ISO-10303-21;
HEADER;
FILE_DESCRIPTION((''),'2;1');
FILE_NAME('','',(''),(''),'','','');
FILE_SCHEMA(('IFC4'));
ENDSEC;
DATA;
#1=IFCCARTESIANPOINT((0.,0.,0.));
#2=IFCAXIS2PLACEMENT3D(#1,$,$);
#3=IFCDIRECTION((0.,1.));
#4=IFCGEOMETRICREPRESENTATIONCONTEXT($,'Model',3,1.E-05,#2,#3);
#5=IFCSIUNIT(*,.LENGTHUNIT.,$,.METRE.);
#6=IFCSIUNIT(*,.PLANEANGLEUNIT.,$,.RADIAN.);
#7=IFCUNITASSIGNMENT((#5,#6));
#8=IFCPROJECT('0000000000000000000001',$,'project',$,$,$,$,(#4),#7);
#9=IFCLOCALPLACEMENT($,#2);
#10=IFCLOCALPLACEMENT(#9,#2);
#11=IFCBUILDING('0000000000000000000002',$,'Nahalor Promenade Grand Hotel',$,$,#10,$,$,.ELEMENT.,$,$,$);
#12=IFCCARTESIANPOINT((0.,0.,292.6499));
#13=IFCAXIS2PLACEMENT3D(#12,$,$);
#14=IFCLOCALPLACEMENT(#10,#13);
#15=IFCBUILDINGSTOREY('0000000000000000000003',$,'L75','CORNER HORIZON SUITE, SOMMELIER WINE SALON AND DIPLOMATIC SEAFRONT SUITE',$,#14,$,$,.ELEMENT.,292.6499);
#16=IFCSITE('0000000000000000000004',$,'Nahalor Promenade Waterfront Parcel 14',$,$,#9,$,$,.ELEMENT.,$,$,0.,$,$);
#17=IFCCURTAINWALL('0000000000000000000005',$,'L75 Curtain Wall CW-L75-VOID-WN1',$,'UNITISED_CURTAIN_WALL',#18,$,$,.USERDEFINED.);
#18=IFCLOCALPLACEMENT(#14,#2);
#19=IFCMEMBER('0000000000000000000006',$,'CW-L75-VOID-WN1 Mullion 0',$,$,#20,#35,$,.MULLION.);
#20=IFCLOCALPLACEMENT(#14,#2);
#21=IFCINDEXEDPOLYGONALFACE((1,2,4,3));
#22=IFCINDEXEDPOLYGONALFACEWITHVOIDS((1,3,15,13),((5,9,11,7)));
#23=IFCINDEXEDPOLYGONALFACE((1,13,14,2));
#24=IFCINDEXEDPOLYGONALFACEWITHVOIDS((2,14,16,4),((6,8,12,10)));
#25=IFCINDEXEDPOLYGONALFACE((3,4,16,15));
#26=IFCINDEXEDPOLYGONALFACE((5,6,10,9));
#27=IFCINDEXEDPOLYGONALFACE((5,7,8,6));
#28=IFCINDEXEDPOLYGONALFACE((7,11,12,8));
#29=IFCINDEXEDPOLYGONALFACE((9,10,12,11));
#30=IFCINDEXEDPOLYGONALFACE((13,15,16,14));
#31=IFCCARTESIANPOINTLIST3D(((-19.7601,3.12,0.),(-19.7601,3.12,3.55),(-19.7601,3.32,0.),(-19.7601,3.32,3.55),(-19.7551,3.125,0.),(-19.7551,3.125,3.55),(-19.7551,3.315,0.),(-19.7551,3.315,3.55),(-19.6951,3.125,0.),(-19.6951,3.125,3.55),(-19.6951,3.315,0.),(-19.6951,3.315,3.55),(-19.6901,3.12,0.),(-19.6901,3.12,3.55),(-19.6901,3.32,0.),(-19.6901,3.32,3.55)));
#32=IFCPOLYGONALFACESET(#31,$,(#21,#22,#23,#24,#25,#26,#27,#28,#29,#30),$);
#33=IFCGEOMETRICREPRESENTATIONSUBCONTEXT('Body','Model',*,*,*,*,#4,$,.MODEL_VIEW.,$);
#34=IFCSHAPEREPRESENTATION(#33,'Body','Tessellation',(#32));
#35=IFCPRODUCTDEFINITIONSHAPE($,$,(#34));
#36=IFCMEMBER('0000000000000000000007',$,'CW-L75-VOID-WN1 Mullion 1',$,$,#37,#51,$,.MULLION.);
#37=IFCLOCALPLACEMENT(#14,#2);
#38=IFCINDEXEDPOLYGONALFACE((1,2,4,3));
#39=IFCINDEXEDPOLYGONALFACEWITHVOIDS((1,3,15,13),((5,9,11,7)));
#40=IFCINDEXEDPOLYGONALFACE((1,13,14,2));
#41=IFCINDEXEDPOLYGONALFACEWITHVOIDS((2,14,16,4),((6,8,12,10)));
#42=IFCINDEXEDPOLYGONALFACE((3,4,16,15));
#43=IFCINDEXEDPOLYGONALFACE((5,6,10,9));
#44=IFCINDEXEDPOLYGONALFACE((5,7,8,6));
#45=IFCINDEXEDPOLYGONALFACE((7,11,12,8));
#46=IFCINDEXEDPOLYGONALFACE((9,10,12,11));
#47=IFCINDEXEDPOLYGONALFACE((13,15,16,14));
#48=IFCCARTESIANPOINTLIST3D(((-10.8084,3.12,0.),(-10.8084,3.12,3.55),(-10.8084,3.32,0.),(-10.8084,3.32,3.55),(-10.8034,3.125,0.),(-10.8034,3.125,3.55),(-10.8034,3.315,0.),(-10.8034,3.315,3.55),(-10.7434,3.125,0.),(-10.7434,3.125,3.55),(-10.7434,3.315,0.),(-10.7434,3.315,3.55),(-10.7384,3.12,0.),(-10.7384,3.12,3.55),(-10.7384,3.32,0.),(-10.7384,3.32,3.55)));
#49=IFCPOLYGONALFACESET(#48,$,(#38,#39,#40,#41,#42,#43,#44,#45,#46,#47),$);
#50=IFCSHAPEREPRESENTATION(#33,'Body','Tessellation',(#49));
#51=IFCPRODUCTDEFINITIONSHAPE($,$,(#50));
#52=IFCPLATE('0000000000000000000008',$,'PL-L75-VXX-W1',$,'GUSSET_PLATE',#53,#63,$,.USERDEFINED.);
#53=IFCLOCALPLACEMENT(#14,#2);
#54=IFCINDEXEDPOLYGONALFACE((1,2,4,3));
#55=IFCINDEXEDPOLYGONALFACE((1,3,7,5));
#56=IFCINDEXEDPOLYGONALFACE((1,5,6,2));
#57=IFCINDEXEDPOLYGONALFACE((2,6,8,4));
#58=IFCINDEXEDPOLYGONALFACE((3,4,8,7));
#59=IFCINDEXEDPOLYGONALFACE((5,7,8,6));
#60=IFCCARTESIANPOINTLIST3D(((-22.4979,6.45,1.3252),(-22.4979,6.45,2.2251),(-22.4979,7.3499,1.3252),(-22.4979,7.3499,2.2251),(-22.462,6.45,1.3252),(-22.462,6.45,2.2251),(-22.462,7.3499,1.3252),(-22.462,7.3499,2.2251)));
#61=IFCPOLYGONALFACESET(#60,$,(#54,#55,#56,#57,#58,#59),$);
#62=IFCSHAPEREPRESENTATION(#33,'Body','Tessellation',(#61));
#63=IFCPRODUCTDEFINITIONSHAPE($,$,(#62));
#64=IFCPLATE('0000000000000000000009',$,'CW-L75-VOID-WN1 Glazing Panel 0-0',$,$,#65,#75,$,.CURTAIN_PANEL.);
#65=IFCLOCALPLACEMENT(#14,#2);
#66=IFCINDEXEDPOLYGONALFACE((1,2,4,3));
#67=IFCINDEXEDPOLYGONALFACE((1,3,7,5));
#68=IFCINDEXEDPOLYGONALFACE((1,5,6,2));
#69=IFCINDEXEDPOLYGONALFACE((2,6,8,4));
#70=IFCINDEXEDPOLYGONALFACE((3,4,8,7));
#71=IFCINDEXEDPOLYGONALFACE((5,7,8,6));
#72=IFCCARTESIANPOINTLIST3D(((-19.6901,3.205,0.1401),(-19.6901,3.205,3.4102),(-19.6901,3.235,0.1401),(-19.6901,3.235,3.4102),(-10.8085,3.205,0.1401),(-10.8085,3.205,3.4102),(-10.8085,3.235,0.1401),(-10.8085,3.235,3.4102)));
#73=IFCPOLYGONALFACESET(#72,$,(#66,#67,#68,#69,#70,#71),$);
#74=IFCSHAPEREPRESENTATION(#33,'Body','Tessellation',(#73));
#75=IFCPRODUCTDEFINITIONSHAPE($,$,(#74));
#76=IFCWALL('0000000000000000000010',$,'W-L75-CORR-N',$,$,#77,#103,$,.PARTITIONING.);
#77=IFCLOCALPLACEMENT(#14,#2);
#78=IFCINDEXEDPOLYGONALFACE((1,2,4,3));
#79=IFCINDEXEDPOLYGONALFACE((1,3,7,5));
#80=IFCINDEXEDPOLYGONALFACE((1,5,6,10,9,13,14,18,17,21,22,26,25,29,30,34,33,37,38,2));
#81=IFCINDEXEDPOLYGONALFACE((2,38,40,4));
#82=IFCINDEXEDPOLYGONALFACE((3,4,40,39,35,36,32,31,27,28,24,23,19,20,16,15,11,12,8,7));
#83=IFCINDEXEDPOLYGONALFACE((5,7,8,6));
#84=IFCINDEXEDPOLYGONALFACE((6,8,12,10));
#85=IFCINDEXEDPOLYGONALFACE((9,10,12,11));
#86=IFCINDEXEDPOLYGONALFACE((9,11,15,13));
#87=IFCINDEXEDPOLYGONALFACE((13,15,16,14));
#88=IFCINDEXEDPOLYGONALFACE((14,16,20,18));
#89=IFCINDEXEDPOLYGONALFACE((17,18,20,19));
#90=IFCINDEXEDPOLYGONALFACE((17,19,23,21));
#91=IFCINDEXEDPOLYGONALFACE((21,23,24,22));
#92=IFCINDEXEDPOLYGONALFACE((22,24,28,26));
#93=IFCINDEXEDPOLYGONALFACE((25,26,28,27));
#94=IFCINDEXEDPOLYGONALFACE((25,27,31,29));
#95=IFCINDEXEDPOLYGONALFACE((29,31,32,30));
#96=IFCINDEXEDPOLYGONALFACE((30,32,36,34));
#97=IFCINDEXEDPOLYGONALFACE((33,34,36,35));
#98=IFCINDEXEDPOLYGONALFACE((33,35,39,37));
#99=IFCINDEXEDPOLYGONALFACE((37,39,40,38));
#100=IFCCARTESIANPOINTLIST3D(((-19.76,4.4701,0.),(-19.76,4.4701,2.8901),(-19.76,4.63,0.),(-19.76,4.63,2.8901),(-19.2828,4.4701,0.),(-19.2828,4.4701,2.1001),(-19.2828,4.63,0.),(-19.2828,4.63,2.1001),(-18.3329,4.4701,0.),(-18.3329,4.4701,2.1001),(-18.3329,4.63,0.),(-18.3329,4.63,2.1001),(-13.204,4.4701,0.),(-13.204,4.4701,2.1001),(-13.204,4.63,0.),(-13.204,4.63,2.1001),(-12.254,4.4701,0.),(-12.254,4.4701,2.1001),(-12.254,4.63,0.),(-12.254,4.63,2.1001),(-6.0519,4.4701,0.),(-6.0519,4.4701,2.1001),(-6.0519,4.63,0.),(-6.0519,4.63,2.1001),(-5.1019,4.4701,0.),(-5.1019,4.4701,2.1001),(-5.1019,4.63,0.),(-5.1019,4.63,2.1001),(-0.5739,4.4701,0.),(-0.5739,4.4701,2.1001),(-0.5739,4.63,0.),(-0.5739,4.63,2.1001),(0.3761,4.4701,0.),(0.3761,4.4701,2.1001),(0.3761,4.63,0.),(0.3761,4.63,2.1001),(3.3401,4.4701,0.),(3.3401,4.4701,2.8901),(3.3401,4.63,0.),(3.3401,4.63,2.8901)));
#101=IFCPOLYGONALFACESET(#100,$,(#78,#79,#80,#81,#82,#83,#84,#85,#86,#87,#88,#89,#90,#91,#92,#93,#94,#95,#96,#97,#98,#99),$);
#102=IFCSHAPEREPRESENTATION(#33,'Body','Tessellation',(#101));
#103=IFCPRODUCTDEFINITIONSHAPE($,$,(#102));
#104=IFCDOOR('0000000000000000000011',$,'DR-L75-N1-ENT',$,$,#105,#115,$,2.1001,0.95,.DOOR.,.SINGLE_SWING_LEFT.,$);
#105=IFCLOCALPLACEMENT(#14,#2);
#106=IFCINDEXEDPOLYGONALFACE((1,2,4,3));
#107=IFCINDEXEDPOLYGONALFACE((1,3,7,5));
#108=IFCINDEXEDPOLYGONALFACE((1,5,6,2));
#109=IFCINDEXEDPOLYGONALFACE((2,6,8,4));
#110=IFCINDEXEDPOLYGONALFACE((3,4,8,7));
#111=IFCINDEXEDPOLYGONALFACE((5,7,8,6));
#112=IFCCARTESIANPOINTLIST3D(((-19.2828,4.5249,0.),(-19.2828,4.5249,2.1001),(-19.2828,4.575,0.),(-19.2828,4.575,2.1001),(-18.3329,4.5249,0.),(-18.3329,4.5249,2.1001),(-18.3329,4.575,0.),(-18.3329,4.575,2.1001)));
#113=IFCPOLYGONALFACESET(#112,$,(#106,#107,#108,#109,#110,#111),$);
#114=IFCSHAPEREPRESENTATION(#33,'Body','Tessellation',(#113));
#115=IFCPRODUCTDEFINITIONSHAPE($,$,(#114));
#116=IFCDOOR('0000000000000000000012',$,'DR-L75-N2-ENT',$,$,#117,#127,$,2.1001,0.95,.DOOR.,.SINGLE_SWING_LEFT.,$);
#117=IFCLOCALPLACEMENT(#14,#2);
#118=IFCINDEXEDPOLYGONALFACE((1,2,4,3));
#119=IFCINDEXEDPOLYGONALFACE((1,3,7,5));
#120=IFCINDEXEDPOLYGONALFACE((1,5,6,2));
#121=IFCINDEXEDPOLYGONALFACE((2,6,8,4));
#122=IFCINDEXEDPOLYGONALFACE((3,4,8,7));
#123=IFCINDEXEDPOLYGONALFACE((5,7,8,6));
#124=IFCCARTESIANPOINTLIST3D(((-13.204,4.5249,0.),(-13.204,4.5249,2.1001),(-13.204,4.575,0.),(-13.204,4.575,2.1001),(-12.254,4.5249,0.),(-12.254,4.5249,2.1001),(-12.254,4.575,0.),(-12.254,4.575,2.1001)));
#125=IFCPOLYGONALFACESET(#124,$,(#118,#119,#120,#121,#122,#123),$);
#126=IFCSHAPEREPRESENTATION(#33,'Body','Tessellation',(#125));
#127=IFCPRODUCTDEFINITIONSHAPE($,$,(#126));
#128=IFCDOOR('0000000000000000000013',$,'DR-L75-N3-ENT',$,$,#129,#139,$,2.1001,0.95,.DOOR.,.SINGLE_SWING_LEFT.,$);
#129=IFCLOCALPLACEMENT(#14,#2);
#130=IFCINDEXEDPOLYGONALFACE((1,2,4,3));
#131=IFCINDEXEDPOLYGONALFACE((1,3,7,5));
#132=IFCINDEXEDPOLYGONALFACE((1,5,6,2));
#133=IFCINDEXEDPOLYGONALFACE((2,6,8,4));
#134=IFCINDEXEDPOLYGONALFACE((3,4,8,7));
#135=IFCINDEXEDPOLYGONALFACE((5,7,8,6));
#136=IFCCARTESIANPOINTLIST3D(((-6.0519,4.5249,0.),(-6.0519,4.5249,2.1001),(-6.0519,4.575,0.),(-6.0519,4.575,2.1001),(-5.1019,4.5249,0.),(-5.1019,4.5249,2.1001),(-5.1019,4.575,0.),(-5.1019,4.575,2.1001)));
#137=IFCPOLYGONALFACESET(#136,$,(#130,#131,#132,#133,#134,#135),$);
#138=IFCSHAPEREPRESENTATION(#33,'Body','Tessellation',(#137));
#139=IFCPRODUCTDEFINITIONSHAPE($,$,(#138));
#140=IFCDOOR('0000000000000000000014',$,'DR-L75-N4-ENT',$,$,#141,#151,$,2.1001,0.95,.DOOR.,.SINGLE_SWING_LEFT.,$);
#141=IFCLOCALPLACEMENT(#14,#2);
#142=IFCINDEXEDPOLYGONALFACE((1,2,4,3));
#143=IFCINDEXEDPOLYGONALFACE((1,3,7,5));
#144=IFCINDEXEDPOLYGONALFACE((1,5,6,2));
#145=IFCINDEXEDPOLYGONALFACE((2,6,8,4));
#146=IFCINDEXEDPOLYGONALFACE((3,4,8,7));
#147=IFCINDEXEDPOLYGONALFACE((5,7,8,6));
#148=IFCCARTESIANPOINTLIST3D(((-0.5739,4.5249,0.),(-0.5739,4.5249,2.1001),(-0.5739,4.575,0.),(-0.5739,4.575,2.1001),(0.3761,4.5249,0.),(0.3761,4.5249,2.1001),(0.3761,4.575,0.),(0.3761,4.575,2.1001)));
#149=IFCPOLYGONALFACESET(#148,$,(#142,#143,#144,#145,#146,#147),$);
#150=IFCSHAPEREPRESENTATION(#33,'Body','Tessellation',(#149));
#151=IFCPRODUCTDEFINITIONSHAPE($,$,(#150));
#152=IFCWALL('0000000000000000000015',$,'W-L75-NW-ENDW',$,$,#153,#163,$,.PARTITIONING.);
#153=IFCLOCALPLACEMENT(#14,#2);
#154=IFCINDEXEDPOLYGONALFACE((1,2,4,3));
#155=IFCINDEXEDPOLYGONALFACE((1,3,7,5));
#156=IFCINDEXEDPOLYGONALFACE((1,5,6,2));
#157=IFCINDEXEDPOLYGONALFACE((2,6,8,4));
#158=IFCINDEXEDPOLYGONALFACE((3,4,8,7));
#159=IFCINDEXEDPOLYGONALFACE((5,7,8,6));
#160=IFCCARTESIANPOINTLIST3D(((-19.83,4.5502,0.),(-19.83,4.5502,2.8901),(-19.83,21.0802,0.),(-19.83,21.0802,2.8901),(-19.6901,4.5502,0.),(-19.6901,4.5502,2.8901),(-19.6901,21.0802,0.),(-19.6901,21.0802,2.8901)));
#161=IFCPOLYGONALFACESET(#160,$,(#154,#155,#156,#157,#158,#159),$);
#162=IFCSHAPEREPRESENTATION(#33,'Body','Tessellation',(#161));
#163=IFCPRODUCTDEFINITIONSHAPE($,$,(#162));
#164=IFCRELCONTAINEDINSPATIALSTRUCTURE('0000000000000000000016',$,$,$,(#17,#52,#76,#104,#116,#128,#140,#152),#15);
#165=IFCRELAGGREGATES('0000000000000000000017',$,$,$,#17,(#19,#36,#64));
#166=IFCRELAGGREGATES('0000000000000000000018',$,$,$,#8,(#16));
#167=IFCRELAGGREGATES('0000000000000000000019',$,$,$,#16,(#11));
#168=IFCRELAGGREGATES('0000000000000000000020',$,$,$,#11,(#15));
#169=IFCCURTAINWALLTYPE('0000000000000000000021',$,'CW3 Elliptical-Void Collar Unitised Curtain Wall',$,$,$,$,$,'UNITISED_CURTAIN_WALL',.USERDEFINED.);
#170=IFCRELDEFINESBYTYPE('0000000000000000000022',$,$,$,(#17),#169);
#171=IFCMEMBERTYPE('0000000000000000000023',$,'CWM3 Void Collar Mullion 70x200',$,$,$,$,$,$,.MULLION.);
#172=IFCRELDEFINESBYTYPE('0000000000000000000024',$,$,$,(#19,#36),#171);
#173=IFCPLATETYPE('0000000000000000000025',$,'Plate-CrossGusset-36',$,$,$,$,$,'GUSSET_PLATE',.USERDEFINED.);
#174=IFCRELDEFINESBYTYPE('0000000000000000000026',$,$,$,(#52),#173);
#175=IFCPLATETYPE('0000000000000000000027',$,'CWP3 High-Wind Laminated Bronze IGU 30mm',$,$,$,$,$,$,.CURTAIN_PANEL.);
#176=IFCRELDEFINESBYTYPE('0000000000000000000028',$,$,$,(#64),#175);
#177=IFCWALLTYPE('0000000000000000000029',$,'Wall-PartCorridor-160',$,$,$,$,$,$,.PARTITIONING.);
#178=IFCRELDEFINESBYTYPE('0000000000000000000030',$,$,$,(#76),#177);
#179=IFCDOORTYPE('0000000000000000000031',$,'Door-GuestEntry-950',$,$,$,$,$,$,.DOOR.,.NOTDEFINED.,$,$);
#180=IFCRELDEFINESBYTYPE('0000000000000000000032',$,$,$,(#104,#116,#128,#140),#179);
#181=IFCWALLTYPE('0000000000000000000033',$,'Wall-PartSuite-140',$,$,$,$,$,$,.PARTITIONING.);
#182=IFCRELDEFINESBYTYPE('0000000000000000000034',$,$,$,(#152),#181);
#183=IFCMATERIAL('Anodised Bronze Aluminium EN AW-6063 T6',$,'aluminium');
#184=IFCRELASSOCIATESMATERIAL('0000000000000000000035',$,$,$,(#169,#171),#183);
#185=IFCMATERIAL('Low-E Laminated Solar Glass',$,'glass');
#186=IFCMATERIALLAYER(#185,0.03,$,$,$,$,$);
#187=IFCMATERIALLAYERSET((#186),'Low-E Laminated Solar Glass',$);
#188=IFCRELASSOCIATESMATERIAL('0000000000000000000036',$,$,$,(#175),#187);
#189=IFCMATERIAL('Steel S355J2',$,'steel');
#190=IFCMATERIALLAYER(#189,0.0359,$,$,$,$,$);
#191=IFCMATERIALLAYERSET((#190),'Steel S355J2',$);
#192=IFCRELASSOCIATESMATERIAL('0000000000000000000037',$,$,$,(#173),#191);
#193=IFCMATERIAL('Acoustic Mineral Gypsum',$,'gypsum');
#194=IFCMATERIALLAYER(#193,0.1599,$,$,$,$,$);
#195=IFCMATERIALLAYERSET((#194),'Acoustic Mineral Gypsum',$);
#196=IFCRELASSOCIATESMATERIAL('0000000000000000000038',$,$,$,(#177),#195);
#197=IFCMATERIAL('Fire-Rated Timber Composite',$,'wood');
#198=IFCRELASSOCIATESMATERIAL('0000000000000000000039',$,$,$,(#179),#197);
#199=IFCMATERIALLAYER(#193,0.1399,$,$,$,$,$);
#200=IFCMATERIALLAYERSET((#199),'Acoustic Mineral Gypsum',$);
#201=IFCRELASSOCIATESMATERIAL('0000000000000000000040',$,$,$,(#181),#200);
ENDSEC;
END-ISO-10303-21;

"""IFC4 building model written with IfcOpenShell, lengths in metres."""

from ifc_helpers import new_model, si_unit, direction, frame, frame_2d, origin, origin_2d, place, context, subcontext, project, spatial, rectangle, hollow_rectangle, extrude, source, transform, mapped, material, layer, layer_set, material_profile, profile_set, type_object, element, fill, aggregate, save


model = new_model("IFC4")

# Units and contexts
model_context = context("Model", 3, precision=1e-05, world=origin(), true_north=direction((0.0, 1.0)))
body_context = subcontext(model_context, "Body", "Model", "MODEL_VIEW")
ifc_project = project(units=[si_unit("LENGTHUNIT", "METRE"), si_unit("PLANEANGLEUNIT", "RADIAN")], contexts=[model_context])

# Site, building, storey
site_placement = place(None, origin())
site = spatial("IfcSite", under=ifc_project, at=site_placement, Name="Nahalor Promenade Waterfront Parcel 14", CompositionType="ELEMENT", RefElevation=0.0)
building_placement = place(site_placement, origin())
building = spatial("IfcBuilding", under=site, at=building_placement, Name="Nahalor Promenade Grand Hotel", CompositionType="ELEMENT")
storey_placement = place(building_placement, frame((0.0, 0.0, 292.6499)))
storey = spatial("IfcBuildingStorey", under=building, at=storey_placement, Name="L75", Description="CORNER HORIZON SUITE, SOMMELIER WINE SALON AND DIPLOMATIC SEAFRONT SUITE", CompositionType="ELEMENT", Elevation=292.6499)

# Curtain wall
ifc_material_1 = material(Name="Anodised Bronze Aluminium EN AW-6063 T6", Category="aluminium")
curtain_wall_type = type_object("IfcCurtainWallType", Name="CW3 Elliptical-Void Collar Unitised Curtain Wall", ElementType="UNITISED_CURTAIN_WALL", PredefinedType="USERDEFINED", material=ifc_material_1)
curtain_wall_1_placement = place(storey_placement, origin())
curtain_wall_1 = element("IfcCurtainWall", 1, at=curtain_wall_1_placement, inside=storey, type_object=curtain_wall_type, Name="L75 Curtain Wall CW-L75-VOID-WN1", ObjectType="UNITISED_CURTAIN_WALL", PredefinedType="USERDEFINED")

# Shared definitions
ifc_material_profile_1 = material_profile(ifc_material_1, hollow_rectangle(XDim=0.07, YDim=0.2, WallThickness=0.005, at=origin_2d()), Name="CWM 70x200x5")
ifc_profile_set_1 = profile_set([ifc_material_profile_1], Name="Anodised Bronze Aluminium EN AW-6063 T6")
member_type_1 = type_object("IfcMemberType", Name="CWM3 Void Collar Mullion 70x200", PredefinedType="MULLION", material=ifc_profile_set_1)
shared_shape_1 = source(origin(), body_context, "Body", "SweptSolid", [
    extrude(hollow_rectangle(XDim=0.07, YDim=0.2, WallThickness=0.005, at=origin_2d()), origin(), (0.0, 0.0, 1.0), 3.55),
])

# Members
member_1_placement = place(storey_placement, frame((-19.7251, 3.22, 0.0), z_axis=(0.0, 0.0, 1.0), x_axis=(1.0, 0.0, 0.0)))
member_1 = element("IfcMember", 2, at=member_1_placement, type_object=member_type_1, Name="CW-L75-VOID-WN1 Mullion 0", PredefinedType="MULLION", context=body_context, shape_type="MappedRepresentation", body=[
    mapped(shared_shape_1, transform((0.0, 0.0, 0.0), scale=1.0)),
])
member_2_placement = place(storey_placement, frame((-10.7734, 3.22, 0.0), z_axis=(0.0, 0.0, 1.0), x_axis=(1.0, 0.0, 0.0)))
member_2 = element("IfcMember", 3, at=member_2_placement, type_object=member_type_1, Name="CW-L75-VOID-WN1 Mullion 1", PredefinedType="MULLION", context=body_context, shape_type="MappedRepresentation", body=[
    mapped(shared_shape_1, transform((0.0, 0.0, 0.0), scale=1.0)),
])

# Plates
ifc_material_2 = material(Name="Low-E Laminated Solar Glass", Category="glass")
ifc_layer_1 = layer(ifc_material_2, 0.03)
ifc_layer_set_1 = layer_set([ifc_layer_1], Name="Low-E Laminated Solar Glass")
plate_type_1 = type_object("IfcPlateType", Name="CWP3 High-Wind Laminated Bronze IGU 30mm", PredefinedType="CURTAIN_PANEL", material=ifc_layer_set_1)
ifc_material_3 = material(Name="Steel S355J2", Category="steel")
ifc_layer_2 = layer(ifc_material_3, 0.0359)
ifc_layer_set_2 = layer_set([ifc_layer_2], Name="Steel S355J2")
plate_type_2 = type_object("IfcPlateType", Name="Plate-CrossGusset-36", ElementType="GUSSET_PLATE", PredefinedType="USERDEFINED", material=ifc_layer_set_2)
shared_shape_2 = source(origin(), body_context, "Body", "SweptSolid", [
    extrude(rectangle(XDim=0.8999, YDim=0.0359, at=origin_2d()), origin(), (0.0, 0.0, 1.0), 0.8999),
])
plate_1_placement = place(storey_placement, frame((-22.48, 6.8999, 1.3252), z_axis=(0.0, 0.0, 1.0), x_axis=(0.0, 1.0, 0.0)))
element("IfcPlate", 4, at=plate_1_placement, inside=storey, type_object=plate_type_2, Name="PL-L75-VXX-W1", ObjectType="GUSSET_PLATE", PredefinedType="USERDEFINED", context=body_context, shape_type="MappedRepresentation", body=[
    mapped(shared_shape_2, transform((0.0, 0.0, 0.0), scale=1.0)),
])
shared_shape_3 = source(origin(), body_context, "Body", "SweptSolid", [
    extrude(rectangle(XDim=8.8816, YDim=0.03, at=origin_2d()), origin(), (0.0, 0.0, 1.0), 3.27),
])
plate_2_placement = place(storey_placement, frame((-15.2493, 3.22, 0.1401), z_axis=(0.0, 0.0, 1.0), x_axis=(1.0, 0.0, 0.0)))
plate_2 = element("IfcPlate", 5, at=plate_2_placement, type_object=plate_type_1, Name="CW-L75-VOID-WN1 Glazing Panel 0-0", PredefinedType="CURTAIN_PANEL", context=body_context, shape_type="MappedRepresentation", body=[
    mapped(shared_shape_3, transform((0.0, 0.0, 0.0), scale=1.0)),
])
aggregate(curtain_wall_1, [member_1, member_2, plate_2])

# Wall, openings, doors
ifc_material_4 = material(Name="Acoustic Mineral Gypsum", Category="gypsum")
ifc_layer_3 = layer(ifc_material_4, 0.1599)
ifc_layer_set_3 = layer_set([ifc_layer_3], Name="Acoustic Mineral Gypsum")
wall_type_1 = type_object("IfcWallType", Name="Wall-PartCorridor-160", PredefinedType="PARTITIONING", material=ifc_layer_set_3)
shared_shape_4 = source(origin(), body_context, "Body", "SweptSolid", [
    extrude(rectangle(XDim=23.1001, YDim=0.1599, at=frame_2d((11.55, 0.0))), origin(), (0.0, 0.0, 1.0), 2.8901),
])
wall_1_placement = place(storey_placement, frame((-19.76, 4.55, 0.0), z_axis=(0.0, 0.0, 1.0), x_axis=(1.0, 0.0, 0.0)))
wall_1 = element("IfcWall", 6, at=wall_1_placement, inside=storey, type_object=wall_type_1, Name="W-L75-CORR-N", PredefinedType="PARTITIONING", context=body_context, shape_type="MappedRepresentation", body=[
    mapped(shared_shape_4, transform((0.0, 0.0, 0.0), scale=1.0)),
])
opening_1_placement = place(wall_1_placement, frame((0.4771, 0.0, 0.0)))
opening_1 = element("IfcOpeningElement", 7, at=opening_1_placement, cuts=wall_1, PredefinedType="OPENING", context=body_context, shape_type="SweptSolid", body=[
    extrude(rectangle(XDim=0.95, YDim=2.1001, at=frame_2d((0.4751, 1.05))), frame((0.0, 0.0898, 0.0), z_axis=(0.0, -1.0, 0.0), x_axis=(1.0, 0.0, 0.0)), (0.0, 0.0, 1.0), 0.1799),
])
opening_2_placement = place(wall_1_placement, frame((6.5559, 0.0, 0.0)))
opening_2 = element("IfcOpeningElement", 8, at=opening_2_placement, cuts=wall_1, PredefinedType="OPENING", context=body_context, shape_type="SweptSolid", body=[
    extrude(rectangle(XDim=0.95, YDim=2.1001, at=frame_2d((0.4751, 1.05))), frame((0.0, 0.0898, 0.0), z_axis=(0.0, -1.0, 0.0), x_axis=(1.0, 0.0, 0.0)), (0.0, 0.0, 1.0), 0.1799),
])
opening_3_placement = place(wall_1_placement, frame((13.708, 0.0, 0.0)))
opening_3 = element("IfcOpeningElement", 9, at=opening_3_placement, cuts=wall_1, PredefinedType="OPENING", context=body_context, shape_type="SweptSolid", body=[
    extrude(rectangle(XDim=0.95, YDim=2.1001, at=frame_2d((0.4751, 1.05))), frame((0.0, 0.0898, 0.0), z_axis=(0.0, -1.0, 0.0), x_axis=(1.0, 0.0, 0.0)), (0.0, 0.0, 1.0), 0.1799),
])
opening_4_placement = place(wall_1_placement, frame((19.186, 0.0, 0.0)))
opening_4 = element("IfcOpeningElement", 10, at=opening_4_placement, cuts=wall_1, PredefinedType="OPENING", context=body_context, shape_type="SweptSolid", body=[
    extrude(rectangle(XDim=0.95, YDim=2.1001, at=frame_2d((0.4751, 1.05))), frame((0.0, 0.0898, 0.0), z_axis=(0.0, -1.0, 0.0), x_axis=(1.0, 0.0, 0.0)), (0.0, 0.0, 1.0), 0.1799),
])
ifc_material_5 = material(Name="Fire-Rated Timber Composite", Category="wood")
door_type = type_object("IfcDoorType", Name="Door-GuestEntry-950", OperationType="NOTDEFINED", PredefinedType="DOOR", material=ifc_material_5)
shared_shape_5 = source(origin(), body_context, "Body", "SweptSolid", [
    extrude(rectangle(XDim=0.95, YDim=2.1001, at=frame_2d((0.4751, 1.05))), frame((0.0, 0.0249, 0.0), z_axis=(0.0, -1.0, 0.0), x_axis=(1.0, 0.0, 0.0)), (0.0, 0.0, 1.0), 0.05),
])
door_1_placement = place(opening_1_placement, origin())
door_1 = element("IfcDoor", 11, at=door_1_placement, inside=storey, type_object=door_type, Name="DR-L75-N1-ENT", OperationType="SINGLE_SWING_LEFT", OverallHeight=2.1001, OverallWidth=0.95, PredefinedType="DOOR", context=body_context, shape_type="MappedRepresentation", body=[
    mapped(shared_shape_5, transform((0.0, 0.0, 0.0), scale=1.0)),
])
fill(opening_1, door_1)
door_2_placement = place(opening_2_placement, origin())
door_2 = element("IfcDoor", 12, at=door_2_placement, inside=storey, type_object=door_type, Name="DR-L75-N2-ENT", OperationType="SINGLE_SWING_LEFT", OverallHeight=2.1001, OverallWidth=0.95, PredefinedType="DOOR", context=body_context, shape_type="MappedRepresentation", body=[
    mapped(shared_shape_5, transform((0.0, 0.0, 0.0), scale=1.0)),
])
fill(opening_2, door_2)
door_3_placement = place(opening_3_placement, origin())
door_3 = element("IfcDoor", 13, at=door_3_placement, inside=storey, type_object=door_type, Name="DR-L75-N3-ENT", OperationType="SINGLE_SWING_LEFT", OverallHeight=2.1001, OverallWidth=0.95, PredefinedType="DOOR", context=body_context, shape_type="MappedRepresentation", body=[
    mapped(shared_shape_5, transform((0.0, 0.0, 0.0), scale=1.0)),
])
fill(opening_3, door_3)
door_4_placement = place(opening_4_placement, origin())
door_4 = element("IfcDoor", 14, at=door_4_placement, inside=storey, type_object=door_type, Name="DR-L75-N4-ENT", OperationType="SINGLE_SWING_LEFT", OverallHeight=2.1001, OverallWidth=0.95, PredefinedType="DOOR", context=body_context, shape_type="MappedRepresentation", body=[
    mapped(shared_shape_5, transform((0.0, 0.0, 0.0), scale=1.0)),
])
fill(opening_4, door_4)

# Wall
ifc_layer_4 = layer(ifc_material_4, 0.1399)
ifc_layer_set_4 = layer_set([ifc_layer_4], Name="Acoustic Mineral Gypsum")
wall_type_2 = type_object("IfcWallType", Name="Wall-PartSuite-140", PredefinedType="PARTITIONING", material=ifc_layer_set_4)
shared_shape_6 = source(origin(), body_context, "Body", "SweptSolid", [
    extrude(rectangle(XDim=16.53, YDim=0.1399, at=frame_2d((8.2651, 0.0))), origin(), (0.0, 0.0, 1.0), 2.8901),
])
wall_2_placement = place(storey_placement, frame((-19.76, 4.55, 0.0), z_axis=(0.0, 0.0, 1.0), x_axis=(0.0, 1.0, 0.0)))
element("IfcWall", 15, at=wall_2_placement, inside=storey, type_object=wall_type_2, Name="W-L75-NW-ENDW", PredefinedType="PARTITIONING", context=body_context, shape_type="MappedRepresentation", body=[
    mapped(shared_shape_6, transform((0.0, 0.0, 0.0), scale=1.0)),
])

save(model, "model.ifc")
